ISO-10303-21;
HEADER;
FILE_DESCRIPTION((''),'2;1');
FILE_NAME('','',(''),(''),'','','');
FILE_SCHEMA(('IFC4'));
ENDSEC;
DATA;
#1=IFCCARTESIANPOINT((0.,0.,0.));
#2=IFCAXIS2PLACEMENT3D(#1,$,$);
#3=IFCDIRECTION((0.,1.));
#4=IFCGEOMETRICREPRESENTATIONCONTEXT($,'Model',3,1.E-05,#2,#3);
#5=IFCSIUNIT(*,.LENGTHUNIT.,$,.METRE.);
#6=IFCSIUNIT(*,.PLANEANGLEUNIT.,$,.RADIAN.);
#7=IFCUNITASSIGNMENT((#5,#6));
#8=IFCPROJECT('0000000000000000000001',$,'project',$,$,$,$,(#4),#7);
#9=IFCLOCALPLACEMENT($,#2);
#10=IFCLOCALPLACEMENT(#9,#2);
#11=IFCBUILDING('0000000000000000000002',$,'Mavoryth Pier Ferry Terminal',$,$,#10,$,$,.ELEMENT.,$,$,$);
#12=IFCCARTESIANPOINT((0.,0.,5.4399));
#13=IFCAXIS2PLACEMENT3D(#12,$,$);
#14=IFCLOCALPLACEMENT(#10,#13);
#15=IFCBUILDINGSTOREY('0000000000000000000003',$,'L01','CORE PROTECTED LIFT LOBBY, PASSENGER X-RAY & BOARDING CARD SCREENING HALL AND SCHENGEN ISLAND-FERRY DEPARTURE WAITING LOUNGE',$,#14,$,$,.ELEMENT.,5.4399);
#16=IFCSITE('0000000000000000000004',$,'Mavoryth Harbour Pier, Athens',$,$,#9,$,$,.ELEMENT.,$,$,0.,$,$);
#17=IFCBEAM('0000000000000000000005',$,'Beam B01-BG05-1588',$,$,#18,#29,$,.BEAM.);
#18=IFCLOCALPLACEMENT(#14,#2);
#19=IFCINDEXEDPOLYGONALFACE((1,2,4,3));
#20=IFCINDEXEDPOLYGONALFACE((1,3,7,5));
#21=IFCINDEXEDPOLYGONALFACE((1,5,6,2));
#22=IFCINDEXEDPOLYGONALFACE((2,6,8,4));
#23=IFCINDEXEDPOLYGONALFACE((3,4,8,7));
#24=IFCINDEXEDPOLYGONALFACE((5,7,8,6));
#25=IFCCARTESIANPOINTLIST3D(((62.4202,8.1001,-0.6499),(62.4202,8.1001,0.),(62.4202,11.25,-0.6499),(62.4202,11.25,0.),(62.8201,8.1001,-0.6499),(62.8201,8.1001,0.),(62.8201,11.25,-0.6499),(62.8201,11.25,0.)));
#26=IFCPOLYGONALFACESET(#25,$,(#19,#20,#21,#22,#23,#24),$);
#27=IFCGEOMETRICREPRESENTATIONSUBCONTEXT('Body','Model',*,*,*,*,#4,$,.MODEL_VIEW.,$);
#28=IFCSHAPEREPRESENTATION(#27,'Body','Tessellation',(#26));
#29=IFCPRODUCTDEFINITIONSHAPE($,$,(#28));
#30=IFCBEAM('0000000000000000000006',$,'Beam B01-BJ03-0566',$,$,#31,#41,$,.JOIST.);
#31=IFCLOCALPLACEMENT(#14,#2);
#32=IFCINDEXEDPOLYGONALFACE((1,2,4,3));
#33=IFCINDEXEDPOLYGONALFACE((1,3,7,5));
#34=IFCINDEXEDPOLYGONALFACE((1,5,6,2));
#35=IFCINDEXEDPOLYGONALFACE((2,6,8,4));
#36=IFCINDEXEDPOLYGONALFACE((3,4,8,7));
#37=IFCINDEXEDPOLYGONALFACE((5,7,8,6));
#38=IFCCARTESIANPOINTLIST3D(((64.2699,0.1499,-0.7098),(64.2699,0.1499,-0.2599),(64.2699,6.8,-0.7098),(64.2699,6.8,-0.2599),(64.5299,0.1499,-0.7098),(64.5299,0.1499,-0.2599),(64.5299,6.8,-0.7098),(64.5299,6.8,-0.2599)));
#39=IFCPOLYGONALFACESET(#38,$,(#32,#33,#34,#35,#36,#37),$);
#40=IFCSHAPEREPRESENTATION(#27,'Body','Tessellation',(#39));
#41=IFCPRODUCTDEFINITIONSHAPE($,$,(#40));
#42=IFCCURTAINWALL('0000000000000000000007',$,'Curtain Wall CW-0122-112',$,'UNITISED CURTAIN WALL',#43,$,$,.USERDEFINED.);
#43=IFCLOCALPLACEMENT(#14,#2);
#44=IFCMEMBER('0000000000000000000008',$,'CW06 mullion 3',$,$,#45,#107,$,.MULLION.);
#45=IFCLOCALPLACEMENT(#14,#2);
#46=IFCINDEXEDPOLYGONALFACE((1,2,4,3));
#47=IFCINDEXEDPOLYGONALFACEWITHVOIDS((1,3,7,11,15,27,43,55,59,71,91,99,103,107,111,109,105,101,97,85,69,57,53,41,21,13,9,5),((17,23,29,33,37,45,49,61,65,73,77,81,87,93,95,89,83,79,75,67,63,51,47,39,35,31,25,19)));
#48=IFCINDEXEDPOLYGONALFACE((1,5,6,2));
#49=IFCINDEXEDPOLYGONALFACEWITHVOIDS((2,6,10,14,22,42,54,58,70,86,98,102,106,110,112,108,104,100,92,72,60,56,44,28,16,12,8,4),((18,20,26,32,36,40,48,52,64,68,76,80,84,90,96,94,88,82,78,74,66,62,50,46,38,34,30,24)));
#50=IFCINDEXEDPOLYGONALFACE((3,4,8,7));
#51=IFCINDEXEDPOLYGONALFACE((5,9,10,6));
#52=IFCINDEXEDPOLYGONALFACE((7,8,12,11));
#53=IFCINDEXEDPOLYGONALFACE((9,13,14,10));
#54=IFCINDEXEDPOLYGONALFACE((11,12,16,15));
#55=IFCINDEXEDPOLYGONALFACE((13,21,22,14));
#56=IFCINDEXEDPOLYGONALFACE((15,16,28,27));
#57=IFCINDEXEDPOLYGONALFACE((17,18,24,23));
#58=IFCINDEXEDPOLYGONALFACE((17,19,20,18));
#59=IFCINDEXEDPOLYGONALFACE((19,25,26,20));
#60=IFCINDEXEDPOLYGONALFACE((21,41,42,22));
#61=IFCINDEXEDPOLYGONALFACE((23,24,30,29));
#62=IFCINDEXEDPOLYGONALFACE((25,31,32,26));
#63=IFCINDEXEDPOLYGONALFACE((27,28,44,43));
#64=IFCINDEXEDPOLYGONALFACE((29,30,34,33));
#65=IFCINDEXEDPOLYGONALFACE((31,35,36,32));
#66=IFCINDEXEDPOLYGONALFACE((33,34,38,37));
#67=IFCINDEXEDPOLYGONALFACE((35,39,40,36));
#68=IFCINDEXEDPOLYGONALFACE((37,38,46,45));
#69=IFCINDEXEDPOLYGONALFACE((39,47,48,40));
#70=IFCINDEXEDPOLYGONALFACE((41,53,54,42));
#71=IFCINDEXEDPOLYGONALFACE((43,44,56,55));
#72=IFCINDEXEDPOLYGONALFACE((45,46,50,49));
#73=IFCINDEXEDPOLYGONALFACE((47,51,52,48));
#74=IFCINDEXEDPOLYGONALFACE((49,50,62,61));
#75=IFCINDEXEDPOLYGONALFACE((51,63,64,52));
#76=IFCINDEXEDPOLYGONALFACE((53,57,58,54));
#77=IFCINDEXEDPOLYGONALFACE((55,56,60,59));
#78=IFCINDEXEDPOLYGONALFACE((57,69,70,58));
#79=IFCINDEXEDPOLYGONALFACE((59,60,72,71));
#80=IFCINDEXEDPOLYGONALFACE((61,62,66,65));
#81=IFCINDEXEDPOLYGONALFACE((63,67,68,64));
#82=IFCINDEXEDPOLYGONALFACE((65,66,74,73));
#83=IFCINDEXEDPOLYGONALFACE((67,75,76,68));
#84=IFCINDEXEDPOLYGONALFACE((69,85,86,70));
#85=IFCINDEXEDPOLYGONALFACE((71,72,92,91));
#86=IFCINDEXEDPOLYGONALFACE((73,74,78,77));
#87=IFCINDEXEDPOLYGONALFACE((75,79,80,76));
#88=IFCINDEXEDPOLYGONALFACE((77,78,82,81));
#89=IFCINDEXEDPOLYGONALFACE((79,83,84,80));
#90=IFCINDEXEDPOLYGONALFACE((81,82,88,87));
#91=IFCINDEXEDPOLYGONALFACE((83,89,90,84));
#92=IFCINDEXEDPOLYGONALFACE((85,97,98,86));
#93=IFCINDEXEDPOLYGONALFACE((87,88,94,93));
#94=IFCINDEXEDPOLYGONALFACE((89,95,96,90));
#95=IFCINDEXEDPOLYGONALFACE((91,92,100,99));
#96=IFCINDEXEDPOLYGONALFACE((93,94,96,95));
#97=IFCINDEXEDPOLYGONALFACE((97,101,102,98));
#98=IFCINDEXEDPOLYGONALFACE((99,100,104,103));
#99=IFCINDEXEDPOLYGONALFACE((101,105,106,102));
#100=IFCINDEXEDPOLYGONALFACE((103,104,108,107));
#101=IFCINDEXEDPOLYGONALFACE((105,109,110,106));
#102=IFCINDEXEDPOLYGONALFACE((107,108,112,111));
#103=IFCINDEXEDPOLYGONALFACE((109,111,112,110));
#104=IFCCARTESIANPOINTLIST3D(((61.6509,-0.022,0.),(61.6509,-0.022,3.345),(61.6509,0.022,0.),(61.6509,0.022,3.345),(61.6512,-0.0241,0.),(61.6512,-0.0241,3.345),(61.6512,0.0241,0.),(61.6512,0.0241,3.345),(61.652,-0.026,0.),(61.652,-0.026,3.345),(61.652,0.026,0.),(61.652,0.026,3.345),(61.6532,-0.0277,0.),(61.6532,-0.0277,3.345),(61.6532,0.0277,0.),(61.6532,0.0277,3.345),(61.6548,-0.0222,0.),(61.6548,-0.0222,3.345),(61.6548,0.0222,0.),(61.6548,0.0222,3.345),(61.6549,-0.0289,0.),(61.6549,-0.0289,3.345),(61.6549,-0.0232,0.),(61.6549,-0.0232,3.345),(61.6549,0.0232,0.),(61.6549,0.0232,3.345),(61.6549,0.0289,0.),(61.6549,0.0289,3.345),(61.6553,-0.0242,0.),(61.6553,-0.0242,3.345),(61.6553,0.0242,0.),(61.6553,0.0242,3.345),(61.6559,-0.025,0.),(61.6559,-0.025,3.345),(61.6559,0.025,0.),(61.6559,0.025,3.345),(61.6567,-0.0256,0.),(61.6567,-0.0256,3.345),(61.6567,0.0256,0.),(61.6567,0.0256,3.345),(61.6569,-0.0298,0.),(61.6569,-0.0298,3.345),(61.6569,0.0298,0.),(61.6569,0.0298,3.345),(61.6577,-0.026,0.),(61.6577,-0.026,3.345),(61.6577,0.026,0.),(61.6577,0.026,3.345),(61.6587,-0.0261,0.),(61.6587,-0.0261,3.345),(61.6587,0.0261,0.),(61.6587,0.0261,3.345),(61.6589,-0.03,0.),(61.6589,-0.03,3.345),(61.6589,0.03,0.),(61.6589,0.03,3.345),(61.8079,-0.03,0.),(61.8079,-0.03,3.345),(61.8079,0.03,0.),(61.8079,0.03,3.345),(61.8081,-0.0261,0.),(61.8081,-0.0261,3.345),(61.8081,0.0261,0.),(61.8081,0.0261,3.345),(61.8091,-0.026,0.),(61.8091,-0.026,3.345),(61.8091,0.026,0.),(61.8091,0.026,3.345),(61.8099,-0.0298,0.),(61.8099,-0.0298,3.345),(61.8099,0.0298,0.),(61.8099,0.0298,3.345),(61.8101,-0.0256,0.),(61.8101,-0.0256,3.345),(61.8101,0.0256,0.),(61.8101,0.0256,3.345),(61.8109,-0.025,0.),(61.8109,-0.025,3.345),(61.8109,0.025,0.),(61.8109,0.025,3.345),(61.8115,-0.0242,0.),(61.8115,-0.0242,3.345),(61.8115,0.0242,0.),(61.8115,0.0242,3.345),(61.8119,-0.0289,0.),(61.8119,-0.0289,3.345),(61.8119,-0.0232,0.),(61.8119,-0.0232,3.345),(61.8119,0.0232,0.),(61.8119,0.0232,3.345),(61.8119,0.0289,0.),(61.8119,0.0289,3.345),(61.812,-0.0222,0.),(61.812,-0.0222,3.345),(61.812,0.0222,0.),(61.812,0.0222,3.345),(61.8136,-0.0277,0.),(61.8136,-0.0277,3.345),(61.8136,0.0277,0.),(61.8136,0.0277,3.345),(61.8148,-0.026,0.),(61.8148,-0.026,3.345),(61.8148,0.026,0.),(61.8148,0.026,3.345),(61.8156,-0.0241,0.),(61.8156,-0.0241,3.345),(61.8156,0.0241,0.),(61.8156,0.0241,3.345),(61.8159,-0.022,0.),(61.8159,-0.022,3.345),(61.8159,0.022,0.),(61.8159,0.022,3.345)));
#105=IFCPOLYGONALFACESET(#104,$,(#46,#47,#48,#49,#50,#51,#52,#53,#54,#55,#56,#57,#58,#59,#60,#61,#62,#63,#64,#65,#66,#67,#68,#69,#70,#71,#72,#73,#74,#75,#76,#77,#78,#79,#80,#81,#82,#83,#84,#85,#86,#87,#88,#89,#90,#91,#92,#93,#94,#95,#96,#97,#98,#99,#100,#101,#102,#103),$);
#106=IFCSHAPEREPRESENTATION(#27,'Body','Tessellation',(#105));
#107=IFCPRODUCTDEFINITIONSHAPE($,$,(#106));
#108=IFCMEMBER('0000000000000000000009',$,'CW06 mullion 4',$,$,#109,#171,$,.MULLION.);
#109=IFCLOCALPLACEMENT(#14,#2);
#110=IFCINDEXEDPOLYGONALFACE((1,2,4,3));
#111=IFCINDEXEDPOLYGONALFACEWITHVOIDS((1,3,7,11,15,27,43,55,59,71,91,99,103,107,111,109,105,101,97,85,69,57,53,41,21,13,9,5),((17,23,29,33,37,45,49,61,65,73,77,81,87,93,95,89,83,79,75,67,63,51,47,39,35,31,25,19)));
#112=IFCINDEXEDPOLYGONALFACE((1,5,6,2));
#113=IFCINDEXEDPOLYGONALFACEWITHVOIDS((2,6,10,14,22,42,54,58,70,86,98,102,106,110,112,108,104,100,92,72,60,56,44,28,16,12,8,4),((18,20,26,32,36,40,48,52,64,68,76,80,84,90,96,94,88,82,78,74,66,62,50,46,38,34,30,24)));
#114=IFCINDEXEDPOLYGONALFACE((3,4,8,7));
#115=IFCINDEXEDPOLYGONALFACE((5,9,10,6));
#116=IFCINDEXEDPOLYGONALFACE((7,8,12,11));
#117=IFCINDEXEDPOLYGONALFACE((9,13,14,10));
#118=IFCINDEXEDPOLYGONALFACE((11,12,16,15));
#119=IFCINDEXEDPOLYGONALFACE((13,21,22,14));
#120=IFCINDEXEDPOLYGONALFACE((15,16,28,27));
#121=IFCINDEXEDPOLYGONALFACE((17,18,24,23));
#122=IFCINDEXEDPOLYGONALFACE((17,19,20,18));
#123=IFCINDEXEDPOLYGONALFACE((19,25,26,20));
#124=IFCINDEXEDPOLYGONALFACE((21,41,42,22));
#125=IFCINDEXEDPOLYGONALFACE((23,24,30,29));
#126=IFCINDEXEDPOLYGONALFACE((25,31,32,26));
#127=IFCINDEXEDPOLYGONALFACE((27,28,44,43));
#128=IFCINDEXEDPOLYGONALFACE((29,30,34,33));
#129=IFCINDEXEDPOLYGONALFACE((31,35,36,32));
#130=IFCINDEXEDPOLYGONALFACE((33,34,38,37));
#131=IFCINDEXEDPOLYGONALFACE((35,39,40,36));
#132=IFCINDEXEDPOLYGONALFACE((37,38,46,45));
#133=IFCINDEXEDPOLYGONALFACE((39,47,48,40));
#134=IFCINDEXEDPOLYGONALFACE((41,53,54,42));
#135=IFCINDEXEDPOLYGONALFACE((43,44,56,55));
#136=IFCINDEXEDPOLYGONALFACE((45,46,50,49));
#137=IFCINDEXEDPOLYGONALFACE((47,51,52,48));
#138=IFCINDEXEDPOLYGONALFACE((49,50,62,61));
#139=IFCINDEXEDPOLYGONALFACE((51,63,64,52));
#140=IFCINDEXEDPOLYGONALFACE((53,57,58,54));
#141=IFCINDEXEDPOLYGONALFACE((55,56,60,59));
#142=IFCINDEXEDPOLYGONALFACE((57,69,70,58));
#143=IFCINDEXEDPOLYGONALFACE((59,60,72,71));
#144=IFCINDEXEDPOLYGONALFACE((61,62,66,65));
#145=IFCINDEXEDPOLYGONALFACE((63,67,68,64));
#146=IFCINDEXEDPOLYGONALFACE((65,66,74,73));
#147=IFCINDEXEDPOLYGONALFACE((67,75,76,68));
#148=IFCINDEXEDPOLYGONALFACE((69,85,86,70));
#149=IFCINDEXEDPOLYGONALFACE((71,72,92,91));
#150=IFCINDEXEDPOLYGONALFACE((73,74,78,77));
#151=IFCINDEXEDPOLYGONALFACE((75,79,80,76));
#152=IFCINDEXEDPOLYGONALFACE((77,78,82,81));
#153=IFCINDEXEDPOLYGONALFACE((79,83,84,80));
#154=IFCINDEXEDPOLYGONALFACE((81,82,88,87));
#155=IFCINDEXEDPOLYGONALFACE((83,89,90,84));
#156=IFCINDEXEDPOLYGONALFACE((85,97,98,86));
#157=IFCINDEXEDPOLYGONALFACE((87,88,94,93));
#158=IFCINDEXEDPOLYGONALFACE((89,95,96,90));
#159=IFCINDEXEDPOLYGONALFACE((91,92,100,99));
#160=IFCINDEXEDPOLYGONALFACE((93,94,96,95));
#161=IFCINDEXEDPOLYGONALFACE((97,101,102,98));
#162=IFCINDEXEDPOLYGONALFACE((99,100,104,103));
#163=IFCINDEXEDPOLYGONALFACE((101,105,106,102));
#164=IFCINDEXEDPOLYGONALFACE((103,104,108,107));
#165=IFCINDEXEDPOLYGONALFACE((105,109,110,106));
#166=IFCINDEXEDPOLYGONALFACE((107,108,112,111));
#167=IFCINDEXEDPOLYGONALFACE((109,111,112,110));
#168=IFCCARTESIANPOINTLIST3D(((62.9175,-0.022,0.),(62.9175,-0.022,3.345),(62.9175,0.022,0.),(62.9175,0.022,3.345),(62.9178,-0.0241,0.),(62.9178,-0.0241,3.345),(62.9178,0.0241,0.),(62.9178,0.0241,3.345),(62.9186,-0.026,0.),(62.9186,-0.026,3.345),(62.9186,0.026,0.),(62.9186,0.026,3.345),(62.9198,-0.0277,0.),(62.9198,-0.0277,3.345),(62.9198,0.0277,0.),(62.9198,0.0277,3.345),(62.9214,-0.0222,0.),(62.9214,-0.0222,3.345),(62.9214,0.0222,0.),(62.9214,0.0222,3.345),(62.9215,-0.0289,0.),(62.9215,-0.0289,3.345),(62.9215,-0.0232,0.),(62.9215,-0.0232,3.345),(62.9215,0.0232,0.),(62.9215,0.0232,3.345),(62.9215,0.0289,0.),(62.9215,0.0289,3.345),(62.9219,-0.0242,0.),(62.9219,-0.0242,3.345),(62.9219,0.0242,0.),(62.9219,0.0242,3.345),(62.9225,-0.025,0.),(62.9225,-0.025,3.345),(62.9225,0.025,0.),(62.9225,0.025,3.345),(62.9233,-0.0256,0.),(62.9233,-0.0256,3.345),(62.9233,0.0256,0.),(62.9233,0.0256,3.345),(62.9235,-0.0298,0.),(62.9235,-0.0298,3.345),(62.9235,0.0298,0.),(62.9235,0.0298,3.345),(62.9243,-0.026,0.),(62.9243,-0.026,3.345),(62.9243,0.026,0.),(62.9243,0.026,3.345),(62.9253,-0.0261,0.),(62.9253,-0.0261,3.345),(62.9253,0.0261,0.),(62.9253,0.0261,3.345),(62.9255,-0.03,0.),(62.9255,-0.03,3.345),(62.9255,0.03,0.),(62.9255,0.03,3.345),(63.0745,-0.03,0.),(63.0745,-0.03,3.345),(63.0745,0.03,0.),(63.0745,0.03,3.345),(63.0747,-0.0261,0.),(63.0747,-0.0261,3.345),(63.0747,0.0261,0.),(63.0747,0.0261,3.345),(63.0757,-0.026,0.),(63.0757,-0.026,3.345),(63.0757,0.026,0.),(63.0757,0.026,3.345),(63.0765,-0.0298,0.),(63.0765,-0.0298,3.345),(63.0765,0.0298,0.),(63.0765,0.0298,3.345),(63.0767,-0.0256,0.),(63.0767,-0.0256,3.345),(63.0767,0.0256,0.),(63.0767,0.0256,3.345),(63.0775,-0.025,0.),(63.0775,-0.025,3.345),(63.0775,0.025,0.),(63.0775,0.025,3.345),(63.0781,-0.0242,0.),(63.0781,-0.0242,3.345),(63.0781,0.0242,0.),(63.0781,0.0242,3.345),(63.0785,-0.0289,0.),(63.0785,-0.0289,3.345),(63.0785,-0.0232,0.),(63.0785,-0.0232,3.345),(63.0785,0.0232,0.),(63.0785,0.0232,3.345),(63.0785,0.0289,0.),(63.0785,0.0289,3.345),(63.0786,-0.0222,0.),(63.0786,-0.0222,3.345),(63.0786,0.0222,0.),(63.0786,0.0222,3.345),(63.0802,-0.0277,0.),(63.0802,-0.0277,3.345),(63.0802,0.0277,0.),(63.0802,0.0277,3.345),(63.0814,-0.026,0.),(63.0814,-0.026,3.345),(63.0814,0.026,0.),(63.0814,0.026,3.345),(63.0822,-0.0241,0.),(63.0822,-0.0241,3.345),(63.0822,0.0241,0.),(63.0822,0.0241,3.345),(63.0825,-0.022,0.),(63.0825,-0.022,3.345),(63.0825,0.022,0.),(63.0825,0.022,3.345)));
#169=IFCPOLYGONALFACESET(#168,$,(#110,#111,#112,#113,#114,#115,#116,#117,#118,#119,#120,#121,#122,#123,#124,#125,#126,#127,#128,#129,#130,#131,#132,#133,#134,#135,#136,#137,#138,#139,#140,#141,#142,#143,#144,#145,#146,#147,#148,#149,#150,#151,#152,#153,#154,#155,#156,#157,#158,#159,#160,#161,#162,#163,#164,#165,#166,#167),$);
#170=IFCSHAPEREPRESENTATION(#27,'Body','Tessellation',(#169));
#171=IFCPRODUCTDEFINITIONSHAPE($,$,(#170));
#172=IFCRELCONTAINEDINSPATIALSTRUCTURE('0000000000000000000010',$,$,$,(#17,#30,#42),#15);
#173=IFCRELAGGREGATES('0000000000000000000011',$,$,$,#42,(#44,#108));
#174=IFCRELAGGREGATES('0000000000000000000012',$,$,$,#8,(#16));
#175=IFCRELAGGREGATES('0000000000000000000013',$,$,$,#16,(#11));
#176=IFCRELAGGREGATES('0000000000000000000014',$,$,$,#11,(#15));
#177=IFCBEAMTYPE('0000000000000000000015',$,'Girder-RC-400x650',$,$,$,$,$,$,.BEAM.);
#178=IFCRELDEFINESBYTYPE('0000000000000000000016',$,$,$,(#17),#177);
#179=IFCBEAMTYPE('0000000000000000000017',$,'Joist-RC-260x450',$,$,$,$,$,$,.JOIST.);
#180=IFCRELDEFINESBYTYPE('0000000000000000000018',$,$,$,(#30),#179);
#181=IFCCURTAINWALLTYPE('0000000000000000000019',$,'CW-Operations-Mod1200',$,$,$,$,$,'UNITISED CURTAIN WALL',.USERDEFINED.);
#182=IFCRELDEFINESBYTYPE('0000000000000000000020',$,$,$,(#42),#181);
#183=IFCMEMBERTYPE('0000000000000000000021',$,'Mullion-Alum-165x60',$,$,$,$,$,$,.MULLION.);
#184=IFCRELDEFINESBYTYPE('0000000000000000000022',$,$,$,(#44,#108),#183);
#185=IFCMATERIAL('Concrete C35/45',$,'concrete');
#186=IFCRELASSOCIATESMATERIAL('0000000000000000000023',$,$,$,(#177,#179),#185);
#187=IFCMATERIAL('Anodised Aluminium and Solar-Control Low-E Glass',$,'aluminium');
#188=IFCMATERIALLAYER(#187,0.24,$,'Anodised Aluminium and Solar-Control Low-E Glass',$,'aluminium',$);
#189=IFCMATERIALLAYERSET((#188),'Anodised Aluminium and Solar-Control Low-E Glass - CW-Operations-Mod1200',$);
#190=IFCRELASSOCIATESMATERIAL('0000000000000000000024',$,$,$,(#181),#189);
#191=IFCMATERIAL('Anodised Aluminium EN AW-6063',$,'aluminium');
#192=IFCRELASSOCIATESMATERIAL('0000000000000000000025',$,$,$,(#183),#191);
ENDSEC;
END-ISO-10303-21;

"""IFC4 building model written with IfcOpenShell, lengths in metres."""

from ifc_helpers import new_model, si_unit, direction, frame, origin, origin_2d, place, context, subcontext, project, spatial, rectangle, hollow_rectangle, extrude, material, layer, layer_set, material_profile, profile_set, type_object, element, aggregate, save


model = new_model("IFC4")

# Units and contexts
model_context = context("Model", 3, precision=1e-05, world=origin(), true_north=direction((0.0, 1.0)))
body_context = subcontext(model_context, "Body", "Model", "MODEL_VIEW")
ifc_project = project(units=[si_unit("LENGTHUNIT", "METRE"), si_unit("PLANEANGLEUNIT", "RADIAN")], contexts=[model_context])

# Site, building, storey
site_placement = place(None, origin())
site = spatial("IfcSite", under=ifc_project, at=site_placement, Name="Mavoryth Harbour Pier, Athens", CompositionType="ELEMENT", RefElevation=0.0)
building_placement = place(site_placement, origin())
building = spatial("IfcBuilding", under=site, at=building_placement, Name="Mavoryth Pier Ferry Terminal", CompositionType="ELEMENT")
storey_placement = place(building_placement, frame((0.0, 0.0, 5.4399)))
storey = spatial("IfcBuildingStorey", under=building, at=storey_placement, Name="L01", Description="CORE PROTECTED LIFT LOBBY, PASSENGER X-RAY & BOARDING CARD SCREENING HALL AND SCHENGEN ISLAND-FERRY DEPARTURE WAITING LOUNGE", CompositionType="ELEMENT", Elevation=5.4399)

# Beams
ifc_material_1 = material(Name="Concrete C35/45", Category="concrete")
ifc_material_profile_1 = material_profile(ifc_material_1, rectangle(XDim=0.3999, YDim=0.6499, at=origin_2d()), Name="RC 400x650", Category="concrete")
ifc_profile_set_1 = profile_set([ifc_material_profile_1], Name="Concrete C35/45 - RC 400x650")
beam_type_1 = type_object("IfcBeamType", Name="Girder-RC-400x650", PredefinedType="BEAM", material=ifc_profile_set_1)
beam_1_placement = place(storey_placement, frame((62.6201, 8.1001, -0.325), z_axis=(0.0, 1.0, 0.0), x_axis=(-1.0, 0.0, 0.0)))
element("IfcBeam", 1, at=beam_1_placement, inside=storey, type_object=beam_type_1, Name="Beam B01-BG05-1588", PredefinedType="BEAM", context=body_context, shape_type="SweptSolid", body=[
    extrude(rectangle(XDim=0.3999, YDim=0.6499, at=origin_2d()), origin(), (0.0, 0.0, 1.0), 3.1499),
])
ifc_material_profile_2 = material_profile(ifc_material_1, rectangle(XDim=0.26, YDim=0.45, at=origin_2d()), Name="RC 260x450", Category="concrete")
ifc_profile_set_2 = profile_set([ifc_material_profile_2], Name="Concrete C35/45 - RC 260x450")
beam_type_2 = type_object("IfcBeamType", Name="Joist-RC-260x450", PredefinedType="JOIST", material=ifc_profile_set_2)
beam_2_placement = place(storey_placement, frame((64.3999, 0.1499, -0.4849), z_axis=(0.0, 1.0, 0.0), x_axis=(-1.0, 0.0, 0.0)))
element("IfcBeam", 2, at=beam_2_placement, inside=storey, type_object=beam_type_2, Name="Beam B01-BJ03-0566", PredefinedType="JOIST", context=body_context, shape_type="SweptSolid", body=[
    extrude(rectangle(XDim=0.26, YDim=0.45, at=origin_2d()), origin(), (0.0, 0.0, 1.0), 6.6501),
])

# Curtain wall, members
ifc_material_2 = material(Name="Anodised Aluminium and Solar-Control Low-E Glass", Category="aluminium")
ifc_layer_1 = layer(ifc_material_2, 0.24, Name="Anodised Aluminium and Solar-Control Low-E Glass", Category="aluminium")
ifc_layer_set_1 = layer_set([ifc_layer_1], Name="Anodised Aluminium and Solar-Control Low-E Glass - CW-Operations-Mod1200")
curtain_wall_type = type_object("IfcCurtainWallType", Name="CW-Operations-Mod1200", ElementType="UNITISED CURTAIN WALL", PredefinedType="USERDEFINED", material=ifc_layer_set_1)
curtain_wall_placement = place(storey_placement, origin())
curtain_wall = element("IfcCurtainWall", 3, at=curtain_wall_placement, inside=storey, type_object=curtain_wall_type, Name="Curtain Wall CW-0122-112", ObjectType="UNITISED CURTAIN WALL", PredefinedType="USERDEFINED")
ifc_material_3 = material(Name="Anodised Aluminium EN AW-6063", Category="aluminium")
ifc_material_profile_3 = material_profile(ifc_material_3, hollow_rectangle(XDim=0.0601, YDim=0.165, WallThickness=0.0039, InnerFilletRadius=0.0039, OuterFilletRadius=0.0081, at=origin_2d()), Name="AL-MULL 165x60x4", Category="aluminium")
ifc_profile_set_3 = profile_set([ifc_material_profile_3], Name="Anodised Aluminium EN AW-6063 - AL-MULL 165x60x4")
member_type_1 = type_object("IfcMemberType", Name="Mullion-Alum-165x60", PredefinedType="MULLION", material=ifc_profile_set_3)
member_1_placement = place(storey_placement, frame((61.7334, 0.0, 0.0), z_axis=(0.0, 0.0, 1.0), x_axis=(0.0, 1.0, 0.0)))
member_1 = element("IfcMember", 4, at=member_1_placement, type_object=member_type_1, Name="CW06 mullion 3", PredefinedType="MULLION", context=body_context, shape_type="SweptSolid", body=[
    extrude(hollow_rectangle(XDim=0.0601, YDim=0.165, WallThickness=0.0039, InnerFilletRadius=0.0039, OuterFilletRadius=0.0081, at=origin_2d()), origin(), (0.0, 0.0, 1.0), 3.345),
])
member_2_placement = place(storey_placement, frame((63.0, 0.0, 0.0), z_axis=(0.0, 0.0, 1.0), x_axis=(0.0, 1.0, 0.0)))
member_2 = element("IfcMember", 5, at=member_2_placement, type_object=member_type_1, Name="CW06 mullion 4", PredefinedType="MULLION", context=body_context, shape_type="SweptSolid", body=[
    extrude(hollow_rectangle(XDim=0.0601, YDim=0.165, WallThickness=0.0039, InnerFilletRadius=0.0039, OuterFilletRadius=0.0081, at=origin_2d()), origin(), (0.0, 0.0, 1.0), 3.345),
])
aggregate(curtain_wall, [member_1, member_2])

save(model, "model.ifc")
